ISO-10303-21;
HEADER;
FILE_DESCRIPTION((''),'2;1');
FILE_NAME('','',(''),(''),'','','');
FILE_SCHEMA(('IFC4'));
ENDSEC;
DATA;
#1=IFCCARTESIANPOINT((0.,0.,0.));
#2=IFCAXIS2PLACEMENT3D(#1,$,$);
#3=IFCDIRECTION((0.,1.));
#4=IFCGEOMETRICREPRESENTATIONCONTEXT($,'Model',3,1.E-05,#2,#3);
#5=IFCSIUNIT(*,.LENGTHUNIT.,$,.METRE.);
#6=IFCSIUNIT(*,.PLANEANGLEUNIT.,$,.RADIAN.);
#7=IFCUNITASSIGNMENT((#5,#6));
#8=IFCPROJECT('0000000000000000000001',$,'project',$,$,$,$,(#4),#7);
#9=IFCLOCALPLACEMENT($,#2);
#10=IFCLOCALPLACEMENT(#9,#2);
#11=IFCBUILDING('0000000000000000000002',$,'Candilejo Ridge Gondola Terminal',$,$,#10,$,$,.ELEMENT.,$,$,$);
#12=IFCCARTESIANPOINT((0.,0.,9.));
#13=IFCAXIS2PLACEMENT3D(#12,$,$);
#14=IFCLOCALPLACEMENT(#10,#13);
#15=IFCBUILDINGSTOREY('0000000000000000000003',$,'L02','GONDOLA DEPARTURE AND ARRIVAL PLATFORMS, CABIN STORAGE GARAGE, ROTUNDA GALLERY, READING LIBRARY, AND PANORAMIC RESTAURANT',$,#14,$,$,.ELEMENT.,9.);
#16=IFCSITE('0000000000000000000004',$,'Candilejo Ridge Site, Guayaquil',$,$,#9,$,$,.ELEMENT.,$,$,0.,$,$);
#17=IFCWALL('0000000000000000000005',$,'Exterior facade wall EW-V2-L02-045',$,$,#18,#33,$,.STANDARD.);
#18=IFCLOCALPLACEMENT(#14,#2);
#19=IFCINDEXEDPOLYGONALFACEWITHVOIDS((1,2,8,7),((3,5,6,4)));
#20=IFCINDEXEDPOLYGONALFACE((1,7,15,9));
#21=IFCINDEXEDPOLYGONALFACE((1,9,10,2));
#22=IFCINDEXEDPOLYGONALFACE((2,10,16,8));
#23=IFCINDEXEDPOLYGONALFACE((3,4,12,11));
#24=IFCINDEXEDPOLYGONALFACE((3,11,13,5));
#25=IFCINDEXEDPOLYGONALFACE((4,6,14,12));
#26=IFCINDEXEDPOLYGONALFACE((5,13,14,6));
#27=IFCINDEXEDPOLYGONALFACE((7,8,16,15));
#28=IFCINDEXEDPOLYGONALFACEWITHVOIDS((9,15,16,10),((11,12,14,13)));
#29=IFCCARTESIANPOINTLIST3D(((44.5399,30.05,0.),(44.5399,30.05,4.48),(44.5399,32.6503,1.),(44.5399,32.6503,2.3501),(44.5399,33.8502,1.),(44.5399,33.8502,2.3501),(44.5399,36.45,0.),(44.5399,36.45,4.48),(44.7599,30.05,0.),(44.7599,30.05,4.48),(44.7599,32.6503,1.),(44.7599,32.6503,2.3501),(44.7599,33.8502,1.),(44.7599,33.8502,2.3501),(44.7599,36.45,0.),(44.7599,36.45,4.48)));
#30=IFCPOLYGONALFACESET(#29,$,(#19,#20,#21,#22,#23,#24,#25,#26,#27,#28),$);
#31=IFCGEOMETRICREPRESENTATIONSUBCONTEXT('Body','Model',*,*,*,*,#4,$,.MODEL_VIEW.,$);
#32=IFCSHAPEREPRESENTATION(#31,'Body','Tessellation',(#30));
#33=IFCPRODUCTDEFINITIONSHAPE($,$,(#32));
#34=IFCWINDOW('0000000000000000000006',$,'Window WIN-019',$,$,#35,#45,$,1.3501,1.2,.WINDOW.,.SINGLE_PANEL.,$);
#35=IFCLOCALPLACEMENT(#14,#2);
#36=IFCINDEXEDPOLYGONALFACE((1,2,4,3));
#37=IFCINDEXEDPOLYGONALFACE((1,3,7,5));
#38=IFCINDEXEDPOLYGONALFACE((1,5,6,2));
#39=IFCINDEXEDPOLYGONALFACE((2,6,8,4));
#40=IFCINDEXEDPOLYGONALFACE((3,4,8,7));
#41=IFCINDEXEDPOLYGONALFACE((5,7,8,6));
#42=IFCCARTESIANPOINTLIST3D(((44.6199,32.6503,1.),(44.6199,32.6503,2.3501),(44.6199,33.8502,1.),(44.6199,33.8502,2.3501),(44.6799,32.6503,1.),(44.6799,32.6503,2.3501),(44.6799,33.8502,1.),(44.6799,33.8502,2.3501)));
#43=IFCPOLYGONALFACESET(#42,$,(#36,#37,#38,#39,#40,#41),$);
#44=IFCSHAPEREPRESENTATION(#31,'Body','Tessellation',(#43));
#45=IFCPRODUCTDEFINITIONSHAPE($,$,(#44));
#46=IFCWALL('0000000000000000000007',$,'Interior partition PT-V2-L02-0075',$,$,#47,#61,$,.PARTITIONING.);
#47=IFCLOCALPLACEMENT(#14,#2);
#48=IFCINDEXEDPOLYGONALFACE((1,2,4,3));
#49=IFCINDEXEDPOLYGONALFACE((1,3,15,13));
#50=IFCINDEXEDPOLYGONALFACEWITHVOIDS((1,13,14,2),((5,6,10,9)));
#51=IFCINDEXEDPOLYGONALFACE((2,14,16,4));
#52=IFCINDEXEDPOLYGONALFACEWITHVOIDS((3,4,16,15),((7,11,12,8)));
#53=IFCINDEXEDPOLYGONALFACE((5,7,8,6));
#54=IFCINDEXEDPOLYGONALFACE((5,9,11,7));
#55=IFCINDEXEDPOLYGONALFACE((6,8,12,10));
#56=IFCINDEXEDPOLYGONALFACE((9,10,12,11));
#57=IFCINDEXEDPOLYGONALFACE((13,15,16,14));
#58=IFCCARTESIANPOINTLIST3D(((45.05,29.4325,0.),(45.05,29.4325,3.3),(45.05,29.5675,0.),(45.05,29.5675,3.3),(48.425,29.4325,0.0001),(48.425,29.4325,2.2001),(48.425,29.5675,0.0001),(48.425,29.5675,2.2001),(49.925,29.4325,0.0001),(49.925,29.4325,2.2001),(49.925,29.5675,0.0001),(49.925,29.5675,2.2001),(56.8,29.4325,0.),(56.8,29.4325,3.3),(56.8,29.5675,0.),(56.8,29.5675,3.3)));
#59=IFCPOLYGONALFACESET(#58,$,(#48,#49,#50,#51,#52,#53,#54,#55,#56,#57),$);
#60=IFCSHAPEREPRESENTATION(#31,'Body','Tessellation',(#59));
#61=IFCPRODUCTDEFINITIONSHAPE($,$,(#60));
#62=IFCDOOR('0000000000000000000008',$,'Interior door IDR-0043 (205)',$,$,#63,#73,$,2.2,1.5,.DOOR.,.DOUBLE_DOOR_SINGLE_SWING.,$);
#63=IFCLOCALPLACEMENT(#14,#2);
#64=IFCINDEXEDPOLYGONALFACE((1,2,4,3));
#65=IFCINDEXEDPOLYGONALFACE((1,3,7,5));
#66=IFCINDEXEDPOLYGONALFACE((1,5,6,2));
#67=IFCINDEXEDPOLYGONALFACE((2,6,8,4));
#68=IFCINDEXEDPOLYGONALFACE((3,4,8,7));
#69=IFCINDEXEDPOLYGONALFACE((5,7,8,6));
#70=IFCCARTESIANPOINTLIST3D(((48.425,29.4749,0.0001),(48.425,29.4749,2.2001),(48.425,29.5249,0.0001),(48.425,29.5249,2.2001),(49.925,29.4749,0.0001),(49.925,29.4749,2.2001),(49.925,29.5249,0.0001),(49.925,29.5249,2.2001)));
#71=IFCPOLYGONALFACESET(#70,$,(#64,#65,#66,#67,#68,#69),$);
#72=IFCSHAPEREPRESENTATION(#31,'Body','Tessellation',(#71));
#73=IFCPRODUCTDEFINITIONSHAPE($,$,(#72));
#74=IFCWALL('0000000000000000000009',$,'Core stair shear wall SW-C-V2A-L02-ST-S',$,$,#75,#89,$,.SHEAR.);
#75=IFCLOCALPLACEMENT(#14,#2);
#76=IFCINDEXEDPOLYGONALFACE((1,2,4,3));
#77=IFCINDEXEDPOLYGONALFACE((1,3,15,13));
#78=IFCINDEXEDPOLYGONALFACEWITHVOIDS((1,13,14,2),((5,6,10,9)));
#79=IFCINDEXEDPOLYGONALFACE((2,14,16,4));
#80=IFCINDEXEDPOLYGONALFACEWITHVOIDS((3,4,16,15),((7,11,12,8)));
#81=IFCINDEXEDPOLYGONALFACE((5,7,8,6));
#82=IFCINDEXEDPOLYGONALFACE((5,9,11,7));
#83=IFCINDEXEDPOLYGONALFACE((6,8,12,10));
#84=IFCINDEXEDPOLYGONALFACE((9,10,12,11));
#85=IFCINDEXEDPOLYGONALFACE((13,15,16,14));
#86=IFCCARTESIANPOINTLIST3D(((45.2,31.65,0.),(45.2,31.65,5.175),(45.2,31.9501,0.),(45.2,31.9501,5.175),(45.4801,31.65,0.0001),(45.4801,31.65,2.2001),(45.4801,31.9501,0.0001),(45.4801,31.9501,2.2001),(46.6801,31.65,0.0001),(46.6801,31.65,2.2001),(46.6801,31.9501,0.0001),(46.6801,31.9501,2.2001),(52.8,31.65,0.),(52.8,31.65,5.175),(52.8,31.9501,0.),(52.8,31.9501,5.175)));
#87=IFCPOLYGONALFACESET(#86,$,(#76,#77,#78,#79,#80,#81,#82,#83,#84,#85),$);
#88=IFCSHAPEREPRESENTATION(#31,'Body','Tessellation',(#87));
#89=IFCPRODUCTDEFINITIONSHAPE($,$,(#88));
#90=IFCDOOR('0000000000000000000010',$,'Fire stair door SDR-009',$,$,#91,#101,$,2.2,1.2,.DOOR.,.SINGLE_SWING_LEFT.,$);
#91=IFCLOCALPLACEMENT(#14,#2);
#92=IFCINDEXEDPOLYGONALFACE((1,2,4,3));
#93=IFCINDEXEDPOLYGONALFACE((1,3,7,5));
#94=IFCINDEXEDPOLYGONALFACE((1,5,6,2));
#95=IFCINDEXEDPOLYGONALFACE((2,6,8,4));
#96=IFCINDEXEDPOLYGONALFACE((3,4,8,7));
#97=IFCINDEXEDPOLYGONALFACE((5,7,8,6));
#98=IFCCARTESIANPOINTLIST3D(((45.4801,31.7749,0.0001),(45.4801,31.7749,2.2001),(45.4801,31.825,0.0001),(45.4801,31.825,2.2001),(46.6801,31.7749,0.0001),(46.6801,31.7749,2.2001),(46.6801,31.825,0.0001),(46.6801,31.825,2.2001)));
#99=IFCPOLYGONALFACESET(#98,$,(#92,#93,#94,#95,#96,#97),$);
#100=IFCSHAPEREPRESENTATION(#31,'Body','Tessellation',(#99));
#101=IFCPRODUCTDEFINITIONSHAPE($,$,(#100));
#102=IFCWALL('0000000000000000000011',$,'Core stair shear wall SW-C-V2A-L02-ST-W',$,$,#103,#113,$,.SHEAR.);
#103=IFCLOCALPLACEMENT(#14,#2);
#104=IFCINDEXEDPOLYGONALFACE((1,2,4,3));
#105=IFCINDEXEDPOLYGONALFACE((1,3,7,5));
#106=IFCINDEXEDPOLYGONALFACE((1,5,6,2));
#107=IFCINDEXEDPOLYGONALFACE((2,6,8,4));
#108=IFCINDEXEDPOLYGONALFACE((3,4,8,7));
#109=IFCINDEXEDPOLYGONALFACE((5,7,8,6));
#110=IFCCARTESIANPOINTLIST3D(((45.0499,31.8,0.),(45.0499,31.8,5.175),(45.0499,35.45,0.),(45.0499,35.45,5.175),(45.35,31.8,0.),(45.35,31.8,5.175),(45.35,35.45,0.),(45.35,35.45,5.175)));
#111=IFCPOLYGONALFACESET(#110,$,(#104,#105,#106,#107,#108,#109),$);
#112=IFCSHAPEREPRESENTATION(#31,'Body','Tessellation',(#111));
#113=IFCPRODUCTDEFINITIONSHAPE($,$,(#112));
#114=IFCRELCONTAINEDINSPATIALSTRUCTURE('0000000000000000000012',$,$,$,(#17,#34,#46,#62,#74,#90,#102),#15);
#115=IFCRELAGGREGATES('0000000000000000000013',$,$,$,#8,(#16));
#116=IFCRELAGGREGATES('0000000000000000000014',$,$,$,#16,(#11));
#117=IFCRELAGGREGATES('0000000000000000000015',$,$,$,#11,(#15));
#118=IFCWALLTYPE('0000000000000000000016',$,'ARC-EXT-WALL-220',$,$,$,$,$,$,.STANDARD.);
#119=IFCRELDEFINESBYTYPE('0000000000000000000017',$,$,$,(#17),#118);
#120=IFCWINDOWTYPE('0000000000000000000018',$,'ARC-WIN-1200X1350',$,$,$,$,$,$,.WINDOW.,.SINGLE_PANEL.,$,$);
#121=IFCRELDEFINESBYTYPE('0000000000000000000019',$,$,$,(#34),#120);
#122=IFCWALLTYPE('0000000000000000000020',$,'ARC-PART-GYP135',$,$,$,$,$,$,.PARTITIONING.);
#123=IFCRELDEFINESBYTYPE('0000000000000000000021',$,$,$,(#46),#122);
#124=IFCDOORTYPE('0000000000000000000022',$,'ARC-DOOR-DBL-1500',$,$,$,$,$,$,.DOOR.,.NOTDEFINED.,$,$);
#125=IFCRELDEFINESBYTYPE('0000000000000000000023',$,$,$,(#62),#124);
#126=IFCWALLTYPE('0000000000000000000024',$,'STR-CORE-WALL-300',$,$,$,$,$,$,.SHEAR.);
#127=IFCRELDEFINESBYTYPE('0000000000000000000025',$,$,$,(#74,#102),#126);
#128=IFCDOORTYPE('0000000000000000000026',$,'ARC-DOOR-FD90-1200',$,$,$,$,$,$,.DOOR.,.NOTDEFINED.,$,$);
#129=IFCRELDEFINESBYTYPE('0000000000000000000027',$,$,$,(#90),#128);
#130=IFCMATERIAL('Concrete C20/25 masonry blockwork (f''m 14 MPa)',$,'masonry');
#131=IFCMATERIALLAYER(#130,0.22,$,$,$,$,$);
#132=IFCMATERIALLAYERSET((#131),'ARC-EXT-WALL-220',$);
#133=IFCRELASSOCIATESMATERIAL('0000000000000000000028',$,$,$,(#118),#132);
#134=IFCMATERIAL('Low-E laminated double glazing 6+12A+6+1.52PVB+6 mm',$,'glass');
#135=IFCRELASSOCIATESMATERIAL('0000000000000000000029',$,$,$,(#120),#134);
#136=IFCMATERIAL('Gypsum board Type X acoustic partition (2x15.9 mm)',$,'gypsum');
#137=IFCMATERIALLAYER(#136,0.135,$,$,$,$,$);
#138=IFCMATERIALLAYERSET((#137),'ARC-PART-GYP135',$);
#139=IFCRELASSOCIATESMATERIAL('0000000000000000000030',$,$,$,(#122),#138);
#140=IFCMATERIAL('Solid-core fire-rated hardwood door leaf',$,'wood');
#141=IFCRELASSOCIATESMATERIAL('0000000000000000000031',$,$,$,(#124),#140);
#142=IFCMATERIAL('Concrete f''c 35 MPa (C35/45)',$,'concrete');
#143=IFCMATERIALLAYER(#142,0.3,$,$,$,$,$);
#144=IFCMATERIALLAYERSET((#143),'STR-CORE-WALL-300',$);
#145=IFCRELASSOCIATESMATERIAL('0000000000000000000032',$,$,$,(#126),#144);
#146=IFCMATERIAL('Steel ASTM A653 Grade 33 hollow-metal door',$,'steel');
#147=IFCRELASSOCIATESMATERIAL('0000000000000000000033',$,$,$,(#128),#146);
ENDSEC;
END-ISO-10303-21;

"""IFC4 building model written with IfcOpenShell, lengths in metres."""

from ifc_helpers import new_model, si_unit, direction, frame, frame_2d, origin, place, context, subcontext, project, spatial, rectangle, extrude, material, layer, layer_set, type_object, element, fill, save


model = new_model("IFC4")

# Units and contexts
model_context = context("Model", 3, precision=1e-05, world=origin(), true_north=direction((0.0, 1.0)))
body_context = subcontext(model_context, "Body", "Model", "MODEL_VIEW")
ifc_project = project(units=[si_unit("LENGTHUNIT", "METRE"), si_unit("PLANEANGLEUNIT", "RADIAN")], contexts=[model_context])

# Site, building, storey
site_placement = place(None, origin())
site = spatial("IfcSite", under=ifc_project, at=site_placement, Name="Candilejo Ridge Site, Guayaquil", CompositionType="ELEMENT", RefElevation=0.0)
building_placement = place(site_placement, origin())
building = spatial("IfcBuilding", under=site, at=building_placement, Name="Candilejo Ridge Gondola Terminal", CompositionType="ELEMENT")
storey_placement = place(building_placement, frame((0.0, 0.0, 9.0)))
storey = spatial("IfcBuildingStorey", under=building, at=storey_placement, Name="L02", Description="GONDOLA DEPARTURE AND ARRIVAL PLATFORMS, CABIN STORAGE GARAGE, ROTUNDA GALLERY, READING LIBRARY, AND PANORAMIC RESTAURANT", CompositionType="ELEMENT", Elevation=9.0)

# Wall, opening, window
ifc_material_1 = material(Name="Concrete C20/25 masonry blockwork (f'm 14 MPa)", Category="masonry")
ifc_layer_1 = layer(ifc_material_1, 0.22)
ifc_layer_set_1 = layer_set([ifc_layer_1], Name="ARC-EXT-WALL-220")
wall_type_1 = type_object("IfcWallType", Name="ARC-EXT-WALL-220", PredefinedType="STANDARD", material=ifc_layer_set_1)
wall_1_placement = place(storey_placement, frame((44.6499, 30.05, 0.0), z_axis=(0.0, 0.0, 1.0), x_axis=(0.0, 1.0, 0.0)))
wall_1 = element("IfcWall", 1, at=wall_1_placement, inside=storey, type_object=wall_type_1, Name="Exterior facade wall EW-V2-L02-045", PredefinedType="STANDARD", context=body_context, shape_type="SweptSolid", body=[
    extrude(rectangle(XDim=6.3999, YDim=0.22, at=frame_2d((3.2, 0.0))), origin(), (0.0, 0.0, 1.0), 4.48),
])
opening_1_placement = place(wall_1_placement, frame((2.6001, 0.0, 1.0)))
opening_1 = element("IfcOpeningElement", 2, at=opening_1_placement, cuts=wall_1, PredefinedType="OPENING", context=body_context, shape_type="SweptSolid", body=[
    extrude(rectangle(XDim=1.2, YDim=1.3501, at=frame_2d((0.6001, 0.675))), frame((0.0, 0.1199, 0.0), z_axis=(0.0, -1.0, 0.0), x_axis=(1.0, 0.0, 0.0)), (0.0, 0.0, 1.0), 0.24),
])
ifc_material_2 = material(Name="Low-E laminated double glazing 6+12A+6+1.52PVB+6 mm", Category="glass")
window_type = type_object("IfcWindowType", Name="ARC-WIN-1200X1350", PartitioningType="SINGLE_PANEL", PredefinedType="WINDOW", material=ifc_material_2)
window_placement = place(opening_1_placement, origin())
window = element("IfcWindow", 3, at=window_placement, inside=storey, type_object=window_type, Name="Window WIN-019", OverallHeight=1.3501, OverallWidth=1.2, PartitioningType="SINGLE_PANEL", PredefinedType="WINDOW", context=body_context, shape_type="SweptSolid", body=[
    extrude(rectangle(XDim=1.2, YDim=1.3501, at=frame_2d((0.6001, 0.675))), frame((0.0, 0.03, 0.0), z_axis=(0.0, -1.0, 0.0), x_axis=(1.0, 0.0, 0.0)), (0.0, 0.0, 1.0), 0.0601),
])
fill(opening_1, window)

# Walls, openings, doors
ifc_material_3 = material(Name="Gypsum board Type X acoustic partition (2x15.9 mm)", Category="gypsum")
ifc_layer_2 = layer(ifc_material_3, 0.135)
ifc_layer_set_2 = layer_set([ifc_layer_2], Name="ARC-PART-GYP135")
wall_type_2 = type_object("IfcWallType", Name="ARC-PART-GYP135", PredefinedType="PARTITIONING", material=ifc_layer_set_2)
wall_2_placement = place(storey_placement, frame((45.05, 29.5, 0.0), z_axis=(0.0, 0.0, 1.0), x_axis=(1.0, 0.0, 0.0)))
wall_2 = element("IfcWall", 4, at=wall_2_placement, inside=storey, type_object=wall_type_2, Name="Interior partition PT-V2-L02-0075", PredefinedType="PARTITIONING", context=body_context, shape_type="SweptSolid", body=[
    extrude(rectangle(XDim=11.75, YDim=0.135, at=frame_2d((5.875, 0.0))), origin(), (0.0, 0.0, 1.0), 3.3),
])
opening_2_placement = place(wall_2_placement, frame((3.375, 0.0, 0.0)))
opening_2 = element("IfcOpeningElement", 5, at=opening_2_placement, cuts=wall_2, PredefinedType="OPENING", context=body_context, shape_type="SweptSolid", body=[
    extrude(rectangle(XDim=1.5, YDim=2.2, at=frame_2d((0.75, 1.1001))), frame((0.0, 0.0774, 0.0), z_axis=(0.0, -1.0, 0.0), x_axis=(1.0, 0.0, 0.0)), (0.0, 0.0, 1.0), 0.155),
])
ifc_material_4 = material(Name="Solid-core fire-rated hardwood door leaf", Category="wood")
door_type_1 = type_object("IfcDoorType", Name="ARC-DOOR-DBL-1500", OperationType="NOTDEFINED", PredefinedType="DOOR", material=ifc_material_4)
door_1_placement = place(opening_2_placement, origin())
door_1 = element("IfcDoor", 6, at=door_1_placement, inside=storey, type_object=door_type_1, Name="Interior door IDR-0043 (205)", OperationType="DOUBLE_DOOR_SINGLE_SWING", OverallHeight=2.2, OverallWidth=1.5, PredefinedType="DOOR", context=body_context, shape_type="SweptSolid", body=[
    extrude(rectangle(XDim=1.5, YDim=2.2, at=frame_2d((0.75, 1.1001))), frame((0.0, 0.0249, 0.0), z_axis=(0.0, -1.0, 0.0), x_axis=(1.0, 0.0, 0.0)), (0.0, 0.0, 1.0), 0.05),
])
fill(opening_2, door_1)
ifc_material_5 = material(Name="Concrete f'c 35 MPa (C35/45)", Category="concrete")
ifc_layer_3 = layer(ifc_material_5, 0.3)
ifc_layer_set_3 = layer_set([ifc_layer_3], Name="STR-CORE-WALL-300")
wall_type_3 = type_object("IfcWallType", Name="STR-CORE-WALL-300", PredefinedType="SHEAR", material=ifc_layer_set_3)
wall_3_placement = place(storey_placement, frame((45.2, 31.8, 0.0), z_axis=(0.0, 0.0, 1.0), x_axis=(1.0, 0.0, 0.0)))
wall_3 = element("IfcWall", 7, at=wall_3_placement, inside=storey, type_object=wall_type_3, Name="Core stair shear wall SW-C-V2A-L02-ST-S", PredefinedType="SHEAR", context=body_context, shape_type="SweptSolid", body=[
    extrude(rectangle(XDim=7.6001, YDim=0.3, at=frame_2d((3.8, 0.0))), origin(), (0.0, 0.0, 1.0), 5.175),
])
opening_3_placement = place(wall_3_placement, frame((0.28, 0.0, 0.0)))
opening_3 = element("IfcOpeningElement", 8, at=opening_3_placement, cuts=wall_3, PredefinedType="OPENING", context=body_context, shape_type="SweptSolid", body=[
    extrude(rectangle(XDim=1.2, YDim=2.2, at=frame_2d((0.6001, 1.1001))), frame((0.0, 0.1599, 0.0), z_axis=(0.0, -1.0, 0.0), x_axis=(1.0, 0.0, 0.0)), (0.0, 0.0, 1.0), 0.3201),
])
ifc_material_6 = material(Name="Steel ASTM A653 Grade 33 hollow-metal door", Category="steel")
door_type_2 = type_object("IfcDoorType", Name="ARC-DOOR-FD90-1200", OperationType="NOTDEFINED", PredefinedType="DOOR", material=ifc_material_6)
door_2_placement = place(opening_3_placement, origin())
door_2 = element("IfcDoor", 9, at=door_2_placement, inside=storey, type_object=door_type_2, Name="Fire stair door SDR-009", OperationType="SINGLE_SWING_LEFT", OverallHeight=2.2, OverallWidth=1.2, PredefinedType="DOOR", context=body_context, shape_type="SweptSolid", body=[
    extrude(rectangle(XDim=1.2, YDim=2.2, at=frame_2d((0.6001, 1.1001))), frame((0.0, 0.0249, 0.0), z_axis=(0.0, -1.0, 0.0), x_axis=(1.0, 0.0, 0.0)), (0.0, 0.0, 1.0), 0.05),
])
fill(opening_3, door_2)

# Wall
wall_4_placement = place(storey_placement, frame((45.2, 35.45, 0.0), z_axis=(0.0, 0.0, 1.0), x_axis=(0.0, -1.0, 0.0)))
element("IfcWall", 10, at=wall_4_placement, inside=storey, type_object=wall_type_3, Name="Core stair shear wall SW-C-V2A-L02-ST-W", PredefinedType="SHEAR", context=body_context, shape_type="SweptSolid", body=[
    extrude(rectangle(XDim=3.6499, YDim=0.3, at=frame_2d((1.825, 0.0))), origin(), (0.0, 0.0, 1.0), 5.175),
])

save(model, "model.ifc")
